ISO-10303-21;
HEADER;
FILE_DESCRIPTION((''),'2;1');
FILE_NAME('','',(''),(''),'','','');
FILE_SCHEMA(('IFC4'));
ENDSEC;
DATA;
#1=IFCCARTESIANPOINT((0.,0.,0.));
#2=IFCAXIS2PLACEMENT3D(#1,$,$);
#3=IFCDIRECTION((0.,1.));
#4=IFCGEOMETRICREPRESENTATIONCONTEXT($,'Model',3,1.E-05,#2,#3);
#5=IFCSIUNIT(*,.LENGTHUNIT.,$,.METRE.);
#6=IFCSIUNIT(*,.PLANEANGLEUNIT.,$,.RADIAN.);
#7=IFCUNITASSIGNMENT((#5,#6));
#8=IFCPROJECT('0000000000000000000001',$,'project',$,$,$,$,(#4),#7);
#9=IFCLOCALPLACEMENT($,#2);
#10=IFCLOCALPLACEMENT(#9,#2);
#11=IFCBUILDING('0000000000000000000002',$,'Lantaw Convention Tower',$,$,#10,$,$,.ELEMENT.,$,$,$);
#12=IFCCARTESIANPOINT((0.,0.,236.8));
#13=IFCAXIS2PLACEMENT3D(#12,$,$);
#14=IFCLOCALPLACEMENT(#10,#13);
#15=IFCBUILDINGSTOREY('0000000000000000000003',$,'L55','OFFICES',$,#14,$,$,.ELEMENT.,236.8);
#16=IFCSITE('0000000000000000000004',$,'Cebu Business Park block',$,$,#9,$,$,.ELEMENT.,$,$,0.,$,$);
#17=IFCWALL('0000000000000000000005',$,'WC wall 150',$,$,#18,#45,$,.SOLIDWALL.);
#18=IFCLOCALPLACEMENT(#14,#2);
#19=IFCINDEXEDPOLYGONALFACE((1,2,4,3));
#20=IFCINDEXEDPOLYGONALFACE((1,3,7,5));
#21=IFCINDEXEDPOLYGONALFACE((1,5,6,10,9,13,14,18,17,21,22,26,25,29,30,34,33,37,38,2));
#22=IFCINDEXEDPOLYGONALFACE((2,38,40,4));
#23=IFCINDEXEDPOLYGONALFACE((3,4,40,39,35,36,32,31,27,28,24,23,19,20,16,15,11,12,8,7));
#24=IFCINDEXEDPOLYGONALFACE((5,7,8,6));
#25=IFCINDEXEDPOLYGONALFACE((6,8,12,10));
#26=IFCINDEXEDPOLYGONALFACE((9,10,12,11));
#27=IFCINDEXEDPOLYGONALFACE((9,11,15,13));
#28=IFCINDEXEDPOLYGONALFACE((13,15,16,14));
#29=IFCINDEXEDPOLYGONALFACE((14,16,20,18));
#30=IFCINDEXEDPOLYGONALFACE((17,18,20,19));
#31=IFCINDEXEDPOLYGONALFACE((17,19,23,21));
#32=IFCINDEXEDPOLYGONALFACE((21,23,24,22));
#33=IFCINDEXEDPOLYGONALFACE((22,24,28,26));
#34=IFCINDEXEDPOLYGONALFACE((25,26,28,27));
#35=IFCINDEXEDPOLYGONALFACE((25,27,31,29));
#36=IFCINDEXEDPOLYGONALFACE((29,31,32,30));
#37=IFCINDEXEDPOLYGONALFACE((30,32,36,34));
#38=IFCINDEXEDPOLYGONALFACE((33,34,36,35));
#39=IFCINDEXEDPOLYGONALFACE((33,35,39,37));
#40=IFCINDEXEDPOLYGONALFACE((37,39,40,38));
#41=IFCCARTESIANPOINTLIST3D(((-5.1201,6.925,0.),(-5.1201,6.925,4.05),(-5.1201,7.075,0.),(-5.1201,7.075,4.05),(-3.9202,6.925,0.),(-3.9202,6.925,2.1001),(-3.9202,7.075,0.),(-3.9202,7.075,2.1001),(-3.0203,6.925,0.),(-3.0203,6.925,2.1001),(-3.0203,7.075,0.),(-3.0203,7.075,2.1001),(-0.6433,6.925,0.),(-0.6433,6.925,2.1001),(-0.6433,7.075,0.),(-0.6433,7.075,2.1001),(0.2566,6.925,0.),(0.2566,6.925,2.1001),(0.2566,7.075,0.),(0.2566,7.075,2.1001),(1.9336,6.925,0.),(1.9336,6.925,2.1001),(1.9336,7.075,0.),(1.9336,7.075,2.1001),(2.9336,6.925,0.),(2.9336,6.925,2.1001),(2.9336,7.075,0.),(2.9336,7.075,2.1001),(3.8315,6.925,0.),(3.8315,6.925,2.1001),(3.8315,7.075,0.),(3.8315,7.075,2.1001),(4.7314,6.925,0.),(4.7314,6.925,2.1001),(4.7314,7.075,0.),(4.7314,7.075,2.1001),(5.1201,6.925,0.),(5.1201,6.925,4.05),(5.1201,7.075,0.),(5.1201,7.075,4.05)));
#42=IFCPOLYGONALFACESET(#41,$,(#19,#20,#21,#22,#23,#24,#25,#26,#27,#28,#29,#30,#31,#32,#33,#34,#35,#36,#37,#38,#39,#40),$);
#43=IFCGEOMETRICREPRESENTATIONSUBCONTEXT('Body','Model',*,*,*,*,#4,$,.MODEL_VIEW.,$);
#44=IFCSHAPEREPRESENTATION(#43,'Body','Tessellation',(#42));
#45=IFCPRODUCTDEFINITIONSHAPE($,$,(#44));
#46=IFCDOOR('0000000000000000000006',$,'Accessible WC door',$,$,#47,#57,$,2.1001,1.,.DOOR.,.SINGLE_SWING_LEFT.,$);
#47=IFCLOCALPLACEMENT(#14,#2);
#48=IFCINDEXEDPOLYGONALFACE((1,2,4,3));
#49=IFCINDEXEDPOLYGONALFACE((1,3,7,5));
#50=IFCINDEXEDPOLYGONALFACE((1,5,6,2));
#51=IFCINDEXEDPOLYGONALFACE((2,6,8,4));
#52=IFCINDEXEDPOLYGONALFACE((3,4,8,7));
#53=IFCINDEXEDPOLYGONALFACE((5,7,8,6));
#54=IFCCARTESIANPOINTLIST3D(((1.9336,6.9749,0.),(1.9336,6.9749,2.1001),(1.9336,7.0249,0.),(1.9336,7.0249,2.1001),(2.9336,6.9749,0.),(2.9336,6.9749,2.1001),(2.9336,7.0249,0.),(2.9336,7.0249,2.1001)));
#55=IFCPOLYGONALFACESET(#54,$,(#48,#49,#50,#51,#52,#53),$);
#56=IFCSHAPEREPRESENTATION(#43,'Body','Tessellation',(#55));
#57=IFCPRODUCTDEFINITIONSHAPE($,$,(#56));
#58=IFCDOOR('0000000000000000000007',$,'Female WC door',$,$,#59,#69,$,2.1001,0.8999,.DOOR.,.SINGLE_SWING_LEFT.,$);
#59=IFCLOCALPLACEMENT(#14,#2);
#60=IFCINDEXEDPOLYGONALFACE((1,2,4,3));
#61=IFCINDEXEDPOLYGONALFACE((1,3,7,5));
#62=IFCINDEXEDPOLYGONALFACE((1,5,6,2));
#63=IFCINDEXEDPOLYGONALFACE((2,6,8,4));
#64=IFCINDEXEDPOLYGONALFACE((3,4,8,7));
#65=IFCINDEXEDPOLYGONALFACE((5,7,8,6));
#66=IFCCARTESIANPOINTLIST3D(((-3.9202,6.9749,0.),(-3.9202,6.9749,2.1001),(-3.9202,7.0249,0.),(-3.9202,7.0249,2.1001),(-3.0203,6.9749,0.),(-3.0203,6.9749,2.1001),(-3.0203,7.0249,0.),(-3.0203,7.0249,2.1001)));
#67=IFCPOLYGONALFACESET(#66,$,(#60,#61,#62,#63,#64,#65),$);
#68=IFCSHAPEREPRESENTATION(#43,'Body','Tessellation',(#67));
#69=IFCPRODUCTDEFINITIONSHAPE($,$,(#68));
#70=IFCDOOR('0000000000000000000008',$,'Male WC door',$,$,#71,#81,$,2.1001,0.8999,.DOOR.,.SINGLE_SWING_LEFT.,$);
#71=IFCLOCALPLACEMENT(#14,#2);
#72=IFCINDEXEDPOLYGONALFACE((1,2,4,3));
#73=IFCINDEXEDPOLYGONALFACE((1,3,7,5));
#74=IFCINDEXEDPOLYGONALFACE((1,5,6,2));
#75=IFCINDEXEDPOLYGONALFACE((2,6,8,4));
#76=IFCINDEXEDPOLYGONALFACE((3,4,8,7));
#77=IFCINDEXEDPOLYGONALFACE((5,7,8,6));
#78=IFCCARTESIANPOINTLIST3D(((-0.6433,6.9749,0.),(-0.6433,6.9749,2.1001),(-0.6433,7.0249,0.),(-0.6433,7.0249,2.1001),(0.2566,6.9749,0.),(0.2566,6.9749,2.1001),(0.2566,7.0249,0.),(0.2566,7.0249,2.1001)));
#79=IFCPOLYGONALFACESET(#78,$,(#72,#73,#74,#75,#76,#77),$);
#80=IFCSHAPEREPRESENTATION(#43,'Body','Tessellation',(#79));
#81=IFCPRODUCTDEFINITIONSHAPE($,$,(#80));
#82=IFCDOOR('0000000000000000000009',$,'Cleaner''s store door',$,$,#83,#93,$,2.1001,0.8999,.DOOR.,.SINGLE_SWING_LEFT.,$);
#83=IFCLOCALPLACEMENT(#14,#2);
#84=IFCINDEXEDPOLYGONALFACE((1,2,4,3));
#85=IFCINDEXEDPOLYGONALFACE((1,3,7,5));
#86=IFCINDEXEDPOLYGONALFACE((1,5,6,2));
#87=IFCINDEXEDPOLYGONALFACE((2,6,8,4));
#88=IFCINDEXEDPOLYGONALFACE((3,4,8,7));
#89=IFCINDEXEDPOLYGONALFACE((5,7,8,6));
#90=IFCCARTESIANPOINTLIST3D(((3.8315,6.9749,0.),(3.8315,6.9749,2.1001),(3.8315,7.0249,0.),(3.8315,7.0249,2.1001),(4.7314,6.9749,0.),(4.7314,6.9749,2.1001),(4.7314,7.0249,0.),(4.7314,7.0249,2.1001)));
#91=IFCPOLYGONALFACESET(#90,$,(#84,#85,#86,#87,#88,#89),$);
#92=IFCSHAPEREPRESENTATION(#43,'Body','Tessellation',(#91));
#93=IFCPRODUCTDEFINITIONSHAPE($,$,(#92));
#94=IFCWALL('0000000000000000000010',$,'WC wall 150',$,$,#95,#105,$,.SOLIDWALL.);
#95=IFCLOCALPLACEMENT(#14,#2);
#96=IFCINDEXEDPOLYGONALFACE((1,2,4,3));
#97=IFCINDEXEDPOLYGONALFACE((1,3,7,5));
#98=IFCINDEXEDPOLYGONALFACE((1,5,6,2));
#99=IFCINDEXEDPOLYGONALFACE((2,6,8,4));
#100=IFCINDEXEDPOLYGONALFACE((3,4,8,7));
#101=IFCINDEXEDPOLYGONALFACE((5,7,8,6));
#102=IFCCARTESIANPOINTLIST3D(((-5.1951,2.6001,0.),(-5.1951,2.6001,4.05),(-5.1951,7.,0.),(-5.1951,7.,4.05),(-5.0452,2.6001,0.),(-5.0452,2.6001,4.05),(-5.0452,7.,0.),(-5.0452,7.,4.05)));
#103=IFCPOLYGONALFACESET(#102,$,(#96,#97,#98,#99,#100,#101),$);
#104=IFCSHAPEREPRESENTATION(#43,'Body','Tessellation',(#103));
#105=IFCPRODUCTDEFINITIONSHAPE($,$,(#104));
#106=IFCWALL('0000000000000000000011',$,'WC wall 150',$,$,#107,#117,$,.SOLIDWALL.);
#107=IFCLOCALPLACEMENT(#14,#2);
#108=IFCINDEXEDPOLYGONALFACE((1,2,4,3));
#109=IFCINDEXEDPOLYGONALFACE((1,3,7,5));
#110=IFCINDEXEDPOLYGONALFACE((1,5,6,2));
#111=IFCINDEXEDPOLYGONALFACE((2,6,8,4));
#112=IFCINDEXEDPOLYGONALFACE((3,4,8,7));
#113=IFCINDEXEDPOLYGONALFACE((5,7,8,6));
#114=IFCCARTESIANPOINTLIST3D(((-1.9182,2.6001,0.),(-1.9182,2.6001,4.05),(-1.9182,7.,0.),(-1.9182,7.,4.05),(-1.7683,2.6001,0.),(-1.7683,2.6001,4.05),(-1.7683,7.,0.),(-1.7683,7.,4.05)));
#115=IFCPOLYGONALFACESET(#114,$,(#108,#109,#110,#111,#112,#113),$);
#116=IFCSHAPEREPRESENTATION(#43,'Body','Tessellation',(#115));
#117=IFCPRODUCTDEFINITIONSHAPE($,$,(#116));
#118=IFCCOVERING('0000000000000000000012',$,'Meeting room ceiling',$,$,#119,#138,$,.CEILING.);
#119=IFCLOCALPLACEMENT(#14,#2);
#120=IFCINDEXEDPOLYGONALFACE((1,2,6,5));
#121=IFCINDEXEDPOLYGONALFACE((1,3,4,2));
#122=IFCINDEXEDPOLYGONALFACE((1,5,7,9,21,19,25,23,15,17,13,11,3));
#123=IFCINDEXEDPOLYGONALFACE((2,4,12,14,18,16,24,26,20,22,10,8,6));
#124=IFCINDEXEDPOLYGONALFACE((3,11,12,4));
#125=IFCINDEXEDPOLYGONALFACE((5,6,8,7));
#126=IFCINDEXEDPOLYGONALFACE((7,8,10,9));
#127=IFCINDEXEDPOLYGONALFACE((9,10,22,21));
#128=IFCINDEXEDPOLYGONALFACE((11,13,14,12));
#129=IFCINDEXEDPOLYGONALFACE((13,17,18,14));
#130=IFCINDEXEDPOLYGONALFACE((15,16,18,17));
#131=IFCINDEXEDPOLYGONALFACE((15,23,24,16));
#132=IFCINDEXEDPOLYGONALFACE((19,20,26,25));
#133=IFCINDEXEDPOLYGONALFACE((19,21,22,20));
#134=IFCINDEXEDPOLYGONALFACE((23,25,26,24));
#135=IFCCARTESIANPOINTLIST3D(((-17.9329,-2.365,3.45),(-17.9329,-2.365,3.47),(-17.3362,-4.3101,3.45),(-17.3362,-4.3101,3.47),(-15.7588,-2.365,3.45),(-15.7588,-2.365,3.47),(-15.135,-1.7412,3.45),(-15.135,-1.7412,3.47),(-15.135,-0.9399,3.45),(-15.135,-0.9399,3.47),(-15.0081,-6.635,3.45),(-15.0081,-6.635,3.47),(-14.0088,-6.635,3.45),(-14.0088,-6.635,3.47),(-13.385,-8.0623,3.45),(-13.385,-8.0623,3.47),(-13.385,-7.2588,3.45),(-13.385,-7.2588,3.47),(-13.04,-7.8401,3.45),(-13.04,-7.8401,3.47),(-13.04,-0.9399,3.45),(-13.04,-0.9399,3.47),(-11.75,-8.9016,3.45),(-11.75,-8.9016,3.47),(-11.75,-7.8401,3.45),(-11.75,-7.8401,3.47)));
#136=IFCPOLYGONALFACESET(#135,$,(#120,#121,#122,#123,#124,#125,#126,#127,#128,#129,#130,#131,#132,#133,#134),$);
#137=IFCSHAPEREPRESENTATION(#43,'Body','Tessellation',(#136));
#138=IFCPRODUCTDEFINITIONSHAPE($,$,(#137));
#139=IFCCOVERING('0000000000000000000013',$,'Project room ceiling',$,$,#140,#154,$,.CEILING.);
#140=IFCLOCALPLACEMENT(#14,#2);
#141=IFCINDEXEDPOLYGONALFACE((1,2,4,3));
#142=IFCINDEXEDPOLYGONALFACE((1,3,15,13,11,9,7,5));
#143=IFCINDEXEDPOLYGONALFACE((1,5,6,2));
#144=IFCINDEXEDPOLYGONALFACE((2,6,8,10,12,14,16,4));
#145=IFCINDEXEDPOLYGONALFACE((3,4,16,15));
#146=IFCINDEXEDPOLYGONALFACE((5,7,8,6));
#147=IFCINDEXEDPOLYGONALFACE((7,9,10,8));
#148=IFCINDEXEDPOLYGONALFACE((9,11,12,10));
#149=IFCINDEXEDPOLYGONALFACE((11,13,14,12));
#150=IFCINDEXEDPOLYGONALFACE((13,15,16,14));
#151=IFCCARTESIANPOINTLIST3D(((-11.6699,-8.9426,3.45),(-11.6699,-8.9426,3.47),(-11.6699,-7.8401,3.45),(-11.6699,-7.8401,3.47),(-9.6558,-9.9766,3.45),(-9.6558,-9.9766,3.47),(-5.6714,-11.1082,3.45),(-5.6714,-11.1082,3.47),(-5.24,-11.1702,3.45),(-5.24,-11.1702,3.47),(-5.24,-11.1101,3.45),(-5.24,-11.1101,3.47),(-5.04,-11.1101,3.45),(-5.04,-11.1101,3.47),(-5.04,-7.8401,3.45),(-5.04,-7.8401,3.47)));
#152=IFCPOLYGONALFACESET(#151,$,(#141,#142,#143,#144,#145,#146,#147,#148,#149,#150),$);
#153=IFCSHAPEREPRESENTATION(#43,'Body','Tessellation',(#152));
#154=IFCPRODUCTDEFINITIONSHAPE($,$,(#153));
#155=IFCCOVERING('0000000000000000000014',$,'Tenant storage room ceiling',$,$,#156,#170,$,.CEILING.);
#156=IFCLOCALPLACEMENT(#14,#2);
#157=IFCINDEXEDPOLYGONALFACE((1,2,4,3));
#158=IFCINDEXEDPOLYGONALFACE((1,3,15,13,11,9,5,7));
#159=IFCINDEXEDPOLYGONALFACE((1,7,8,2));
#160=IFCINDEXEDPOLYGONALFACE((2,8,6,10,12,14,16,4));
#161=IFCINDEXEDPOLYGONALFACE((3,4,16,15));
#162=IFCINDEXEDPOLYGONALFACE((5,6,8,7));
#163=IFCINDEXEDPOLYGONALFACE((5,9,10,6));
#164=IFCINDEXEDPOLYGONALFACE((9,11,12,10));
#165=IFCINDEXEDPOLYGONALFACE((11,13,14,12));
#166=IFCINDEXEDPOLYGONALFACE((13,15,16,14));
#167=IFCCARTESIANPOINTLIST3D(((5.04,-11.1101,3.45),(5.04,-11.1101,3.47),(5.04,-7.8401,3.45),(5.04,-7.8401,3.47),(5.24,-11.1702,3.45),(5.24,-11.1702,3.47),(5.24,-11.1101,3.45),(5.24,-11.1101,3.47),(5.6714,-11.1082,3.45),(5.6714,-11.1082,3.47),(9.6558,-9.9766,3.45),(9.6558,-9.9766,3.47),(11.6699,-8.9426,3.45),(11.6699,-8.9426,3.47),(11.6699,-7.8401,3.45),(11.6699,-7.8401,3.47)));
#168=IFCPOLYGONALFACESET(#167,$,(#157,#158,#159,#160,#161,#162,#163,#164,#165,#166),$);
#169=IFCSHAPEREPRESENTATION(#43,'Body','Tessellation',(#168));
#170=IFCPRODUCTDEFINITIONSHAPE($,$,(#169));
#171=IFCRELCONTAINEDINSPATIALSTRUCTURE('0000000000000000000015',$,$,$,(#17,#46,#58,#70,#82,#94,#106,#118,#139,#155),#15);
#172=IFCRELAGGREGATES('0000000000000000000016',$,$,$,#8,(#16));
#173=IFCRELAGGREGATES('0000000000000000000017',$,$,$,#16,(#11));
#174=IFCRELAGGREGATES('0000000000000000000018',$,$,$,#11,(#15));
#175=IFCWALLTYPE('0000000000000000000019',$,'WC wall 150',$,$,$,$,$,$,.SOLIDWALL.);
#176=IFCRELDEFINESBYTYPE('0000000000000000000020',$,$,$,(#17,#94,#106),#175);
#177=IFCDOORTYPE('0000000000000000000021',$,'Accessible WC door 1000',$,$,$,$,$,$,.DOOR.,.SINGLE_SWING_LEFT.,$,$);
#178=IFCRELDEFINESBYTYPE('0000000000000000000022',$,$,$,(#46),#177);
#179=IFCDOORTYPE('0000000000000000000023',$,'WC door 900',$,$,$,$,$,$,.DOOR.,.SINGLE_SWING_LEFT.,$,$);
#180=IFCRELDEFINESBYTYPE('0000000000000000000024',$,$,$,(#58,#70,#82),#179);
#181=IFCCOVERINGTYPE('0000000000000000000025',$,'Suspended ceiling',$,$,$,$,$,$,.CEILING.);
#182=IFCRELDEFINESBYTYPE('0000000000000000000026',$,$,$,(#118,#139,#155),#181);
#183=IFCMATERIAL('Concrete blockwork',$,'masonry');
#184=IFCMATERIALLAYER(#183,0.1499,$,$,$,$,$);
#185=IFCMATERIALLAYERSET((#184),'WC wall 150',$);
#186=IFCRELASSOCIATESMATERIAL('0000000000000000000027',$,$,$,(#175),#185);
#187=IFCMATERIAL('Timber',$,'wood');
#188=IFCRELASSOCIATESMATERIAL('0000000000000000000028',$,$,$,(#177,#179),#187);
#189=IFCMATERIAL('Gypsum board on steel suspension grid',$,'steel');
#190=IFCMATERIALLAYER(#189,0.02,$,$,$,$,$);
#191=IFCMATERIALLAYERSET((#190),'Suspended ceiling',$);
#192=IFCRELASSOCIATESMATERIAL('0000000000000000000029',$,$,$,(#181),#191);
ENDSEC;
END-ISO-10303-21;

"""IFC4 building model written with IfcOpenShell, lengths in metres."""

from ifc_helpers import new_model, si_unit, direction, frame, frame_2d, origin, place, context, subcontext, project, spatial, polyline, rectangle, outline, extrude, material, layer, layer_set, type_object, element, fill, save


model = new_model("IFC4")

# Units and contexts
model_context = context("Model", 3, precision=1e-05, world=origin(), true_north=direction((0.0, 1.0)))
body_context = subcontext(model_context, "Body", "Model", "MODEL_VIEW")
ifc_project = project(units=[si_unit("LENGTHUNIT", "METRE"), si_unit("PLANEANGLEUNIT", "RADIAN")], contexts=[model_context])

# Site, building, storey
site_placement = place(None, origin())
site = spatial("IfcSite", under=ifc_project, at=site_placement, Name="Cebu Business Park block", CompositionType="ELEMENT", RefElevation=0.0)
building_placement = place(site_placement, origin())
building = spatial("IfcBuilding", under=site, at=building_placement, Name="Lantaw Convention Tower", CompositionType="ELEMENT")
storey_placement = place(building_placement, frame((0.0, 0.0, 236.8)))
storey = spatial("IfcBuildingStorey", under=building, at=storey_placement, Name="L55", Description="OFFICES", CompositionType="ELEMENT", Elevation=236.8)

# Wall, openings, doors
ifc_material_1 = material(Name="Concrete blockwork", Category="masonry")
ifc_layer_1 = layer(ifc_material_1, 0.1499)
ifc_layer_set_1 = layer_set([ifc_layer_1], Name="WC wall 150")
wall_type_1 = type_object("IfcWallType", Name="WC wall 150", PredefinedType="SOLIDWALL", material=ifc_layer_set_1)
wall_1_placement = place(storey_placement, frame((-5.1201, 7.0, 0.0), z_axis=(0.0, 0.0, 1.0), x_axis=(1.0, 0.0, 0.0)))
wall_1 = element("IfcWall", 1, at=wall_1_placement, inside=storey, type_object=wall_type_1, Name="WC wall 150", PredefinedType="SOLIDWALL", context=body_context, shape_type="SweptSolid", body=[
    extrude(rectangle(XDim=10.2402, YDim=0.1499, at=frame_2d((5.1201, 0.0))), origin(), (0.0, 0.0, 1.0), 4.05),
])
opening_1_placement = place(wall_1_placement, frame((1.2, 0.0, 0.0)))
opening_1 = element("IfcOpeningElement", 2, at=opening_1_placement, cuts=wall_1, PredefinedType="OPENING", context=body_context, shape_type="SweptSolid", body=[
    extrude(rectangle(XDim=0.8999, YDim=2.1001, at=frame_2d((0.45, 1.05))), frame((0.0, 0.085, 0.0), z_axis=(0.0, -1.0, 0.0), x_axis=(1.0, 0.0, 0.0)), (0.0, 0.0, 1.0), 0.1699),
])
opening_2_placement = place(wall_1_placement, frame((4.4768, 0.0, 0.0)))
opening_2 = element("IfcOpeningElement", 3, at=opening_2_placement, cuts=wall_1, PredefinedType="OPENING", context=body_context, shape_type="SweptSolid", body=[
    extrude(rectangle(XDim=0.8999, YDim=2.1001, at=frame_2d((0.45, 1.05))), frame((0.0, 0.085, 0.0), z_axis=(0.0, -1.0, 0.0), x_axis=(1.0, 0.0, 0.0)), (0.0, 0.0, 1.0), 0.1699),
])
opening_3_placement = place(wall_1_placement, frame((7.0537, 0.0, 0.0)))
opening_3 = element("IfcOpeningElement", 4, at=opening_3_placement, cuts=wall_1, PredefinedType="OPENING", context=body_context, shape_type="SweptSolid", body=[
    extrude(rectangle(XDim=1.0, YDim=2.1001, at=frame_2d((0.5, 1.05))), frame((0.0, 0.085, 0.0), z_axis=(0.0, -1.0, 0.0), x_axis=(1.0, 0.0, 0.0)), (0.0, 0.0, 1.0), 0.1699),
])
opening_4_placement = place(wall_1_placement, frame((8.9517, 0.0, 0.0)))
opening_4 = element("IfcOpeningElement", 5, at=opening_4_placement, cuts=wall_1, PredefinedType="OPENING", context=body_context, shape_type="SweptSolid", body=[
    extrude(rectangle(XDim=0.8999, YDim=2.1001, at=frame_2d((0.45, 1.05))), frame((0.0, 0.085, 0.0), z_axis=(0.0, -1.0, 0.0), x_axis=(1.0, 0.0, 0.0)), (0.0, 0.0, 1.0), 0.1699),
])
ifc_material_2 = material(Name="Timber", Category="wood")
door_type_1 = type_object("IfcDoorType", Name="Accessible WC door 1000", OperationType="SINGLE_SWING_LEFT", PredefinedType="DOOR", material=ifc_material_2)
door_1_placement = place(opening_3_placement, origin())
door_1 = element("IfcDoor", 6, at=door_1_placement, inside=storey, type_object=door_type_1, Name="Accessible WC door", OperationType="SINGLE_SWING_LEFT", OverallHeight=2.1001, OverallWidth=1.0, PredefinedType="DOOR", context=body_context, shape_type="SweptSolid", body=[
    extrude(rectangle(XDim=1.0, YDim=2.1001, at=frame_2d((0.5, 1.05))), frame((0.0, 0.0249, 0.0), z_axis=(0.0, -1.0, 0.0), x_axis=(1.0, 0.0, 0.0)), (0.0, 0.0, 1.0), 0.05),
])
fill(opening_3, door_1)
door_type_2 = type_object("IfcDoorType", Name="WC door 900", OperationType="SINGLE_SWING_LEFT", PredefinedType="DOOR", material=ifc_material_2)
door_2_placement = place(opening_1_placement, origin())
door_2 = element("IfcDoor", 7, at=door_2_placement, inside=storey, type_object=door_type_2, Name="Female WC door", OperationType="SINGLE_SWING_LEFT", OverallHeight=2.1001, OverallWidth=0.8999, PredefinedType="DOOR", context=body_context, shape_type="SweptSolid", body=[
    extrude(rectangle(XDim=0.8999, YDim=2.1001, at=frame_2d((0.45, 1.05))), frame((0.0, 0.0249, 0.0), z_axis=(0.0, -1.0, 0.0), x_axis=(1.0, 0.0, 0.0)), (0.0, 0.0, 1.0), 0.05),
])
fill(opening_1, door_2)
door_3_placement = place(opening_2_placement, origin())
door_3 = element("IfcDoor", 8, at=door_3_placement, inside=storey, type_object=door_type_2, Name="Male WC door", OperationType="SINGLE_SWING_LEFT", OverallHeight=2.1001, OverallWidth=0.8999, PredefinedType="DOOR", context=body_context, shape_type="SweptSolid", body=[
    extrude(rectangle(XDim=0.8999, YDim=2.1001, at=frame_2d((0.45, 1.05))), frame((0.0, 0.0249, 0.0), z_axis=(0.0, -1.0, 0.0), x_axis=(1.0, 0.0, 0.0)), (0.0, 0.0, 1.0), 0.05),
])
fill(opening_2, door_3)
door_4_placement = place(opening_4_placement, origin())
door_4 = element("IfcDoor", 9, at=door_4_placement, inside=storey, type_object=door_type_2, Name="Cleaner's store door", OperationType="SINGLE_SWING_LEFT", OverallHeight=2.1001, OverallWidth=0.8999, PredefinedType="DOOR", context=body_context, shape_type="SweptSolid", body=[
    extrude(rectangle(XDim=0.8999, YDim=2.1001, at=frame_2d((0.45, 1.05))), frame((0.0, 0.0249, 0.0), z_axis=(0.0, -1.0, 0.0), x_axis=(1.0, 0.0, 0.0)), (0.0, 0.0, 1.0), 0.05),
])
fill(opening_4, door_4)

# Walls
for number, where, z_axis, x_axis, name in (
    (10, (-5.1201, 2.6001, 0.0), (0.0, 0.0, 1.0), (0.0, 1.0, 0.0), "WC wall 150"),
    (11, (-1.8433, 2.6001, 0.0), (0.0, 0.0, 1.0), (0.0, 1.0, 0.0), "WC wall 150"),
):
    element("IfcWall", number, at=place(storey_placement, frame(where, z_axis=z_axis, x_axis=x_axis)), inside=storey, type_object=wall_type_1, Name=name, PredefinedType="SOLIDWALL", context=body_context, shape_type="SweptSolid", body=[
        extrude(rectangle(XDim=4.3999, YDim=0.1499, at=frame_2d((2.2, 0.0))), origin(), (0.0, 0.0, 1.0), 4.05),
    ])

# Coverings
ifc_material_3 = material(Name="Gypsum board on steel suspension grid", Category="steel")
ifc_layer_2 = layer(ifc_material_3, 0.02)
ifc_layer_set_2 = layer_set([ifc_layer_2], Name="Suspended ceiling")
covering_type = type_object("IfcCoveringType", Name="Suspended ceiling", PredefinedType="CEILING", material=ifc_layer_set_2)
covering_1_placement = place(storey_placement, frame((0.0, 0.0, 3.45)))
element("IfcCovering", 12, at=covering_1_placement, inside=storey, type_object=covering_type, Name="Meeting room ceiling", PredefinedType="CEILING", context=body_context, shape_type="SweptSolid", body=[
    extrude(outline(polyline([(-13.385, -8.0623), (-11.75, -8.9016), (-11.75, -7.8401), (-13.04, -7.8401), (-13.04, -0.9399), (-15.135, -0.9399), (-15.135, -1.7412), (-15.7588, -2.365), (-17.9329, -2.365), (-17.3362, -4.3101), (-15.0081, -6.635), (-14.0088, -6.635), (-13.385, -7.2588), (-13.385, -8.0623)])), origin(), (0.0, 0.0, 1.0), 0.02),
])
covering_2_placement = place(storey_placement, frame((0.0, 0.0, 3.45)))
element("IfcCovering", 13, at=covering_2_placement, inside=storey, type_object=covering_type, Name="Project room ceiling", PredefinedType="CEILING", context=body_context, shape_type="SweptSolid", body=[
    extrude(outline(polyline([(-5.04, -7.8401), (-11.6699, -7.8401), (-11.6699, -8.9426), (-9.6558, -9.9766), (-5.6714, -11.1082), (-5.24, -11.1702), (-5.24, -11.1101), (-5.04, -11.1101), (-5.04, -7.8401)])), origin(), (0.0, 0.0, 1.0), 0.02),
])
covering_3_placement = place(storey_placement, frame((0.0, 0.0, 3.45)))
element("IfcCovering", 14, at=covering_3_placement, inside=storey, type_object=covering_type, Name="Tenant storage room ceiling", PredefinedType="CEILING", context=body_context, shape_type="SweptSolid", body=[
    extrude(outline(polyline([(11.6699, -7.8401), (5.04, -7.8401), (5.04, -11.1101), (5.24, -11.1101), (5.24, -11.1702), (5.6714, -11.1082), (9.6558, -9.9766), (11.6699, -8.9426), (11.6699, -7.8401)])), origin(), (0.0, 0.0, 1.0), 0.02),
])

save(model, "model.ifc")
